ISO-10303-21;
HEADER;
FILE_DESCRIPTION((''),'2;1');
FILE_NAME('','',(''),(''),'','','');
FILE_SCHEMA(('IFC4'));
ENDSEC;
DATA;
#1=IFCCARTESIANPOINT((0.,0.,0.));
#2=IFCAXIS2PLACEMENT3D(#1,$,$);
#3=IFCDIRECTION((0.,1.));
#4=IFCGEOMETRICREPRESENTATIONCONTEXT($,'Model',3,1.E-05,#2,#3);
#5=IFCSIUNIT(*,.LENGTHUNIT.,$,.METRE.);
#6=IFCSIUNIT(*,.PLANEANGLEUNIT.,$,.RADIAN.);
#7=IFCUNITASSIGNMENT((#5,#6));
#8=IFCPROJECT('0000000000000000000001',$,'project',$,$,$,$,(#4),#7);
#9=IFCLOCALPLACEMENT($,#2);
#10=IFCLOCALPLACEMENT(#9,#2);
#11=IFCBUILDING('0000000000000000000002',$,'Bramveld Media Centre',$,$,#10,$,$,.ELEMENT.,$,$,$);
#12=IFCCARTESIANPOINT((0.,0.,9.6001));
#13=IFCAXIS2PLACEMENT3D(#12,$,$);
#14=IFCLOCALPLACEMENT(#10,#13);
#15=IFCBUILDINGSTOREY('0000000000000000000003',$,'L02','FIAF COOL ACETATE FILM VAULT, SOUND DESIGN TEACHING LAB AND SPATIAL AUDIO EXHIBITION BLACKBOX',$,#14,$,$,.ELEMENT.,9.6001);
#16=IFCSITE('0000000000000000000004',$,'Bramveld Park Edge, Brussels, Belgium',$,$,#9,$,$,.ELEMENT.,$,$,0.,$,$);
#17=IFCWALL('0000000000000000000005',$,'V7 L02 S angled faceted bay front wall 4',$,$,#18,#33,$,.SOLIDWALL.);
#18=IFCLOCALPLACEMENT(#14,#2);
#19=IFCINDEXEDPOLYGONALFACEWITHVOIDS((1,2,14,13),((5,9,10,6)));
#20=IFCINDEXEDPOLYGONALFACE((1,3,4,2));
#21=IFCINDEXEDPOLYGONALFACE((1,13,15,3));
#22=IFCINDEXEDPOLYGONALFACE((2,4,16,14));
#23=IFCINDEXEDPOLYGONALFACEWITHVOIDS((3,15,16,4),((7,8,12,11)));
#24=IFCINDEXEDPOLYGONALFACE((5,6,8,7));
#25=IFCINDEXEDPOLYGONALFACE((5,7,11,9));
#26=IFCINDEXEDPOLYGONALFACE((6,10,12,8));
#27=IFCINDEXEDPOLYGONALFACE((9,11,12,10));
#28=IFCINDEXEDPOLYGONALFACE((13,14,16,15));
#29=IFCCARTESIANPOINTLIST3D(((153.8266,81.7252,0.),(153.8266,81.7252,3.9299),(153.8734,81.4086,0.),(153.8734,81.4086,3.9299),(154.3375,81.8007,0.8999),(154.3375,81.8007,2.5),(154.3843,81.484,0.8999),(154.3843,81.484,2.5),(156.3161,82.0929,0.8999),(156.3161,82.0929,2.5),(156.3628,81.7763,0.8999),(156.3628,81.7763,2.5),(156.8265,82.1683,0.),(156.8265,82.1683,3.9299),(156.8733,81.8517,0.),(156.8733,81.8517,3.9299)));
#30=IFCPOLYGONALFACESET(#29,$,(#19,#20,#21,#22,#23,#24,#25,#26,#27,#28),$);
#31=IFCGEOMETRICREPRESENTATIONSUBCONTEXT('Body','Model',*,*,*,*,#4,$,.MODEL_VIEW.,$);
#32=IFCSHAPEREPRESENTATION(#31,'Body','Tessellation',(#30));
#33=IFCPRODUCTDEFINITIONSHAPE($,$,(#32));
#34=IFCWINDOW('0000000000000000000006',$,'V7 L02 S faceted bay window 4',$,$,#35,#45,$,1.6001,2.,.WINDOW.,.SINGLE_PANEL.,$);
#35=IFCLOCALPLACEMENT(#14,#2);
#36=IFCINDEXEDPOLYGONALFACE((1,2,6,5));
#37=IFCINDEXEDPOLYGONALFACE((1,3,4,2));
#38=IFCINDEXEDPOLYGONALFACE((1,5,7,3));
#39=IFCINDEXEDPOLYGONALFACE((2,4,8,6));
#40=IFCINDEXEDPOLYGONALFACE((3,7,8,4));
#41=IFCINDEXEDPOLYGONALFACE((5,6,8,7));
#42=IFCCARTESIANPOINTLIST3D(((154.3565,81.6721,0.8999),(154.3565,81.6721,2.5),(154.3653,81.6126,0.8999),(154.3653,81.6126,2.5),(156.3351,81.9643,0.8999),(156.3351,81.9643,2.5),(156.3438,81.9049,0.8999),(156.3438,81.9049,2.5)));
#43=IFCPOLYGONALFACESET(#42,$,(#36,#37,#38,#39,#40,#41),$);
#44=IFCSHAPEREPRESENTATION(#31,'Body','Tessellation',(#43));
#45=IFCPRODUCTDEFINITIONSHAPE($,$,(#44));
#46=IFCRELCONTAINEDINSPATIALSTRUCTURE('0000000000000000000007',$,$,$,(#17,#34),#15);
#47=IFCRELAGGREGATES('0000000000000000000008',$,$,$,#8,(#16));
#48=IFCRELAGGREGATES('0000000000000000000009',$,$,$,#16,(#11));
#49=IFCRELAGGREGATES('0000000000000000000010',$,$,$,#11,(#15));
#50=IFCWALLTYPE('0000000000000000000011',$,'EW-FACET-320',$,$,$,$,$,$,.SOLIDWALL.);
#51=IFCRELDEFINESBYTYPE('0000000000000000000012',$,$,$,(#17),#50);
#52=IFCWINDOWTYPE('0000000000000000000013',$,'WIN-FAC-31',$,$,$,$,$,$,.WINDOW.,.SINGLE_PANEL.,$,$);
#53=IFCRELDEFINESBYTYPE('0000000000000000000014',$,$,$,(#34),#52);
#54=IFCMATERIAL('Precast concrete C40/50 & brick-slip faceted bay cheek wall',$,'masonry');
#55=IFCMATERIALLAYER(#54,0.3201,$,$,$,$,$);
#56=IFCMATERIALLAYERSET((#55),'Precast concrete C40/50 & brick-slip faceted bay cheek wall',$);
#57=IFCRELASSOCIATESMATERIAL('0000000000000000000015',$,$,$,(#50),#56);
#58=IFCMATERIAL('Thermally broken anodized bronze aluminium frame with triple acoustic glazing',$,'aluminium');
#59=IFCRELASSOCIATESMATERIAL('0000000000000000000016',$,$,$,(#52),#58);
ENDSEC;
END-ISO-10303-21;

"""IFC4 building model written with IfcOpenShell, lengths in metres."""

from ifc_helpers import new_model, si_unit, direction, frame, frame_2d, origin, place, context, subcontext, project, spatial, rectangle, extrude, material, layer, layer_set, type_object, element, fill, save


model = new_model("IFC4")

# Units and contexts
model_context = context("Model", 3, precision=1e-05, world=origin(), true_north=direction((0.0, 1.0)))
body_context = subcontext(model_context, "Body", "Model", "MODEL_VIEW")
ifc_project = project(units=[si_unit("LENGTHUNIT", "METRE"), si_unit("PLANEANGLEUNIT", "RADIAN")], contexts=[model_context])

# Site, building, storey
site_placement = place(None, origin())
site = spatial("IfcSite", under=ifc_project, at=site_placement, Name="Bramveld Park Edge, Brussels, Belgium", CompositionType="ELEMENT", RefElevation=0.0)
building_placement = place(site_placement, origin())
building = spatial("IfcBuilding", under=site, at=building_placement, Name="Bramveld Media Centre", CompositionType="ELEMENT")
storey_placement = place(building_placement, frame((0.0, 0.0, 9.6001)))
storey = spatial("IfcBuildingStorey", under=building, at=storey_placement, Name="L02", Description="FIAF COOL ACETATE FILM VAULT, SOUND DESIGN TEACHING LAB AND SPATIAL AUDIO EXHIBITION BLACKBOX", CompositionType="ELEMENT", Elevation=9.6001)

# Wall, opening, window
ifc_material_1 = material(Name="Precast concrete C40/50 & brick-slip faceted bay cheek wall", Category="masonry")
ifc_layer_1 = layer(ifc_material_1, 0.3201)
ifc_layer_set_1 = layer_set([ifc_layer_1], Name="Precast concrete C40/50 & brick-slip faceted bay cheek wall")
wall_type_1 = type_object("IfcWallType", Name="EW-FACET-320", PredefinedType="SOLIDWALL", material=ifc_layer_set_1)
wall_1_placement = place(storey_placement, frame((153.8501, 81.5669, 0.0), z_axis=(0.0, 0.0, 1.0), x_axis=(0.989267, 0.14612, 0.0)))
wall_1 = element("IfcWall", 1, at=wall_1_placement, inside=storey, type_object=wall_type_1, Name="V7 L02 S angled faceted bay front wall 4", PredefinedType="SOLIDWALL", context=body_context, shape_type="SweptSolid", body=[
    extrude(rectangle(XDim=3.0325, YDim=0.3201, at=frame_2d((1.5161, 0.0))), origin(), (0.0, 0.0, 1.0), 3.9299),
])
opening_1_placement = place(wall_1_placement, frame((0.5164, 0.0, 0.8999)))
opening_1 = element("IfcOpeningElement", 2, at=opening_1_placement, cuts=wall_1, PredefinedType="OPENING", context=body_context, shape_type="SweptSolid", body=[
    extrude(rectangle(XDim=2.0, YDim=1.6001, at=frame_2d((1.0, 0.8))), frame((0.0, 0.1719, 0.0), z_axis=(0.0, -1.0, 0.0), x_axis=(1.0, 0.0, 0.0)), (0.0, 0.0, 1.0), 0.344),
])
ifc_material_2 = material(Name="Thermally broken anodized bronze aluminium frame with triple acoustic glazing", Category="aluminium")
window_type_1 = type_object("IfcWindowType", Name="WIN-FAC-31", PartitioningType="SINGLE_PANEL", PredefinedType="WINDOW", material=ifc_material_2)
window_1_placement = place(opening_1_placement, origin())
window_1 = element("IfcWindow", 3, at=window_1_placement, inside=storey, type_object=window_type_1, Name="V7 L02 S faceted bay window 4", OverallHeight=1.6001, OverallWidth=2.0, PartitioningType="SINGLE_PANEL", PredefinedType="WINDOW", context=body_context, shape_type="SweptSolid", body=[
    extrude(rectangle(XDim=2.0, YDim=1.6001, at=frame_2d((1.0, 0.8))), frame((0.0, 0.03, 0.0), z_axis=(0.0, -1.0, 0.0), x_axis=(1.0, 0.0, 0.0)), (0.0, 0.0, 1.0), 0.0601),
])
fill(opening_1, window_1)

save(model, "model.ifc")
